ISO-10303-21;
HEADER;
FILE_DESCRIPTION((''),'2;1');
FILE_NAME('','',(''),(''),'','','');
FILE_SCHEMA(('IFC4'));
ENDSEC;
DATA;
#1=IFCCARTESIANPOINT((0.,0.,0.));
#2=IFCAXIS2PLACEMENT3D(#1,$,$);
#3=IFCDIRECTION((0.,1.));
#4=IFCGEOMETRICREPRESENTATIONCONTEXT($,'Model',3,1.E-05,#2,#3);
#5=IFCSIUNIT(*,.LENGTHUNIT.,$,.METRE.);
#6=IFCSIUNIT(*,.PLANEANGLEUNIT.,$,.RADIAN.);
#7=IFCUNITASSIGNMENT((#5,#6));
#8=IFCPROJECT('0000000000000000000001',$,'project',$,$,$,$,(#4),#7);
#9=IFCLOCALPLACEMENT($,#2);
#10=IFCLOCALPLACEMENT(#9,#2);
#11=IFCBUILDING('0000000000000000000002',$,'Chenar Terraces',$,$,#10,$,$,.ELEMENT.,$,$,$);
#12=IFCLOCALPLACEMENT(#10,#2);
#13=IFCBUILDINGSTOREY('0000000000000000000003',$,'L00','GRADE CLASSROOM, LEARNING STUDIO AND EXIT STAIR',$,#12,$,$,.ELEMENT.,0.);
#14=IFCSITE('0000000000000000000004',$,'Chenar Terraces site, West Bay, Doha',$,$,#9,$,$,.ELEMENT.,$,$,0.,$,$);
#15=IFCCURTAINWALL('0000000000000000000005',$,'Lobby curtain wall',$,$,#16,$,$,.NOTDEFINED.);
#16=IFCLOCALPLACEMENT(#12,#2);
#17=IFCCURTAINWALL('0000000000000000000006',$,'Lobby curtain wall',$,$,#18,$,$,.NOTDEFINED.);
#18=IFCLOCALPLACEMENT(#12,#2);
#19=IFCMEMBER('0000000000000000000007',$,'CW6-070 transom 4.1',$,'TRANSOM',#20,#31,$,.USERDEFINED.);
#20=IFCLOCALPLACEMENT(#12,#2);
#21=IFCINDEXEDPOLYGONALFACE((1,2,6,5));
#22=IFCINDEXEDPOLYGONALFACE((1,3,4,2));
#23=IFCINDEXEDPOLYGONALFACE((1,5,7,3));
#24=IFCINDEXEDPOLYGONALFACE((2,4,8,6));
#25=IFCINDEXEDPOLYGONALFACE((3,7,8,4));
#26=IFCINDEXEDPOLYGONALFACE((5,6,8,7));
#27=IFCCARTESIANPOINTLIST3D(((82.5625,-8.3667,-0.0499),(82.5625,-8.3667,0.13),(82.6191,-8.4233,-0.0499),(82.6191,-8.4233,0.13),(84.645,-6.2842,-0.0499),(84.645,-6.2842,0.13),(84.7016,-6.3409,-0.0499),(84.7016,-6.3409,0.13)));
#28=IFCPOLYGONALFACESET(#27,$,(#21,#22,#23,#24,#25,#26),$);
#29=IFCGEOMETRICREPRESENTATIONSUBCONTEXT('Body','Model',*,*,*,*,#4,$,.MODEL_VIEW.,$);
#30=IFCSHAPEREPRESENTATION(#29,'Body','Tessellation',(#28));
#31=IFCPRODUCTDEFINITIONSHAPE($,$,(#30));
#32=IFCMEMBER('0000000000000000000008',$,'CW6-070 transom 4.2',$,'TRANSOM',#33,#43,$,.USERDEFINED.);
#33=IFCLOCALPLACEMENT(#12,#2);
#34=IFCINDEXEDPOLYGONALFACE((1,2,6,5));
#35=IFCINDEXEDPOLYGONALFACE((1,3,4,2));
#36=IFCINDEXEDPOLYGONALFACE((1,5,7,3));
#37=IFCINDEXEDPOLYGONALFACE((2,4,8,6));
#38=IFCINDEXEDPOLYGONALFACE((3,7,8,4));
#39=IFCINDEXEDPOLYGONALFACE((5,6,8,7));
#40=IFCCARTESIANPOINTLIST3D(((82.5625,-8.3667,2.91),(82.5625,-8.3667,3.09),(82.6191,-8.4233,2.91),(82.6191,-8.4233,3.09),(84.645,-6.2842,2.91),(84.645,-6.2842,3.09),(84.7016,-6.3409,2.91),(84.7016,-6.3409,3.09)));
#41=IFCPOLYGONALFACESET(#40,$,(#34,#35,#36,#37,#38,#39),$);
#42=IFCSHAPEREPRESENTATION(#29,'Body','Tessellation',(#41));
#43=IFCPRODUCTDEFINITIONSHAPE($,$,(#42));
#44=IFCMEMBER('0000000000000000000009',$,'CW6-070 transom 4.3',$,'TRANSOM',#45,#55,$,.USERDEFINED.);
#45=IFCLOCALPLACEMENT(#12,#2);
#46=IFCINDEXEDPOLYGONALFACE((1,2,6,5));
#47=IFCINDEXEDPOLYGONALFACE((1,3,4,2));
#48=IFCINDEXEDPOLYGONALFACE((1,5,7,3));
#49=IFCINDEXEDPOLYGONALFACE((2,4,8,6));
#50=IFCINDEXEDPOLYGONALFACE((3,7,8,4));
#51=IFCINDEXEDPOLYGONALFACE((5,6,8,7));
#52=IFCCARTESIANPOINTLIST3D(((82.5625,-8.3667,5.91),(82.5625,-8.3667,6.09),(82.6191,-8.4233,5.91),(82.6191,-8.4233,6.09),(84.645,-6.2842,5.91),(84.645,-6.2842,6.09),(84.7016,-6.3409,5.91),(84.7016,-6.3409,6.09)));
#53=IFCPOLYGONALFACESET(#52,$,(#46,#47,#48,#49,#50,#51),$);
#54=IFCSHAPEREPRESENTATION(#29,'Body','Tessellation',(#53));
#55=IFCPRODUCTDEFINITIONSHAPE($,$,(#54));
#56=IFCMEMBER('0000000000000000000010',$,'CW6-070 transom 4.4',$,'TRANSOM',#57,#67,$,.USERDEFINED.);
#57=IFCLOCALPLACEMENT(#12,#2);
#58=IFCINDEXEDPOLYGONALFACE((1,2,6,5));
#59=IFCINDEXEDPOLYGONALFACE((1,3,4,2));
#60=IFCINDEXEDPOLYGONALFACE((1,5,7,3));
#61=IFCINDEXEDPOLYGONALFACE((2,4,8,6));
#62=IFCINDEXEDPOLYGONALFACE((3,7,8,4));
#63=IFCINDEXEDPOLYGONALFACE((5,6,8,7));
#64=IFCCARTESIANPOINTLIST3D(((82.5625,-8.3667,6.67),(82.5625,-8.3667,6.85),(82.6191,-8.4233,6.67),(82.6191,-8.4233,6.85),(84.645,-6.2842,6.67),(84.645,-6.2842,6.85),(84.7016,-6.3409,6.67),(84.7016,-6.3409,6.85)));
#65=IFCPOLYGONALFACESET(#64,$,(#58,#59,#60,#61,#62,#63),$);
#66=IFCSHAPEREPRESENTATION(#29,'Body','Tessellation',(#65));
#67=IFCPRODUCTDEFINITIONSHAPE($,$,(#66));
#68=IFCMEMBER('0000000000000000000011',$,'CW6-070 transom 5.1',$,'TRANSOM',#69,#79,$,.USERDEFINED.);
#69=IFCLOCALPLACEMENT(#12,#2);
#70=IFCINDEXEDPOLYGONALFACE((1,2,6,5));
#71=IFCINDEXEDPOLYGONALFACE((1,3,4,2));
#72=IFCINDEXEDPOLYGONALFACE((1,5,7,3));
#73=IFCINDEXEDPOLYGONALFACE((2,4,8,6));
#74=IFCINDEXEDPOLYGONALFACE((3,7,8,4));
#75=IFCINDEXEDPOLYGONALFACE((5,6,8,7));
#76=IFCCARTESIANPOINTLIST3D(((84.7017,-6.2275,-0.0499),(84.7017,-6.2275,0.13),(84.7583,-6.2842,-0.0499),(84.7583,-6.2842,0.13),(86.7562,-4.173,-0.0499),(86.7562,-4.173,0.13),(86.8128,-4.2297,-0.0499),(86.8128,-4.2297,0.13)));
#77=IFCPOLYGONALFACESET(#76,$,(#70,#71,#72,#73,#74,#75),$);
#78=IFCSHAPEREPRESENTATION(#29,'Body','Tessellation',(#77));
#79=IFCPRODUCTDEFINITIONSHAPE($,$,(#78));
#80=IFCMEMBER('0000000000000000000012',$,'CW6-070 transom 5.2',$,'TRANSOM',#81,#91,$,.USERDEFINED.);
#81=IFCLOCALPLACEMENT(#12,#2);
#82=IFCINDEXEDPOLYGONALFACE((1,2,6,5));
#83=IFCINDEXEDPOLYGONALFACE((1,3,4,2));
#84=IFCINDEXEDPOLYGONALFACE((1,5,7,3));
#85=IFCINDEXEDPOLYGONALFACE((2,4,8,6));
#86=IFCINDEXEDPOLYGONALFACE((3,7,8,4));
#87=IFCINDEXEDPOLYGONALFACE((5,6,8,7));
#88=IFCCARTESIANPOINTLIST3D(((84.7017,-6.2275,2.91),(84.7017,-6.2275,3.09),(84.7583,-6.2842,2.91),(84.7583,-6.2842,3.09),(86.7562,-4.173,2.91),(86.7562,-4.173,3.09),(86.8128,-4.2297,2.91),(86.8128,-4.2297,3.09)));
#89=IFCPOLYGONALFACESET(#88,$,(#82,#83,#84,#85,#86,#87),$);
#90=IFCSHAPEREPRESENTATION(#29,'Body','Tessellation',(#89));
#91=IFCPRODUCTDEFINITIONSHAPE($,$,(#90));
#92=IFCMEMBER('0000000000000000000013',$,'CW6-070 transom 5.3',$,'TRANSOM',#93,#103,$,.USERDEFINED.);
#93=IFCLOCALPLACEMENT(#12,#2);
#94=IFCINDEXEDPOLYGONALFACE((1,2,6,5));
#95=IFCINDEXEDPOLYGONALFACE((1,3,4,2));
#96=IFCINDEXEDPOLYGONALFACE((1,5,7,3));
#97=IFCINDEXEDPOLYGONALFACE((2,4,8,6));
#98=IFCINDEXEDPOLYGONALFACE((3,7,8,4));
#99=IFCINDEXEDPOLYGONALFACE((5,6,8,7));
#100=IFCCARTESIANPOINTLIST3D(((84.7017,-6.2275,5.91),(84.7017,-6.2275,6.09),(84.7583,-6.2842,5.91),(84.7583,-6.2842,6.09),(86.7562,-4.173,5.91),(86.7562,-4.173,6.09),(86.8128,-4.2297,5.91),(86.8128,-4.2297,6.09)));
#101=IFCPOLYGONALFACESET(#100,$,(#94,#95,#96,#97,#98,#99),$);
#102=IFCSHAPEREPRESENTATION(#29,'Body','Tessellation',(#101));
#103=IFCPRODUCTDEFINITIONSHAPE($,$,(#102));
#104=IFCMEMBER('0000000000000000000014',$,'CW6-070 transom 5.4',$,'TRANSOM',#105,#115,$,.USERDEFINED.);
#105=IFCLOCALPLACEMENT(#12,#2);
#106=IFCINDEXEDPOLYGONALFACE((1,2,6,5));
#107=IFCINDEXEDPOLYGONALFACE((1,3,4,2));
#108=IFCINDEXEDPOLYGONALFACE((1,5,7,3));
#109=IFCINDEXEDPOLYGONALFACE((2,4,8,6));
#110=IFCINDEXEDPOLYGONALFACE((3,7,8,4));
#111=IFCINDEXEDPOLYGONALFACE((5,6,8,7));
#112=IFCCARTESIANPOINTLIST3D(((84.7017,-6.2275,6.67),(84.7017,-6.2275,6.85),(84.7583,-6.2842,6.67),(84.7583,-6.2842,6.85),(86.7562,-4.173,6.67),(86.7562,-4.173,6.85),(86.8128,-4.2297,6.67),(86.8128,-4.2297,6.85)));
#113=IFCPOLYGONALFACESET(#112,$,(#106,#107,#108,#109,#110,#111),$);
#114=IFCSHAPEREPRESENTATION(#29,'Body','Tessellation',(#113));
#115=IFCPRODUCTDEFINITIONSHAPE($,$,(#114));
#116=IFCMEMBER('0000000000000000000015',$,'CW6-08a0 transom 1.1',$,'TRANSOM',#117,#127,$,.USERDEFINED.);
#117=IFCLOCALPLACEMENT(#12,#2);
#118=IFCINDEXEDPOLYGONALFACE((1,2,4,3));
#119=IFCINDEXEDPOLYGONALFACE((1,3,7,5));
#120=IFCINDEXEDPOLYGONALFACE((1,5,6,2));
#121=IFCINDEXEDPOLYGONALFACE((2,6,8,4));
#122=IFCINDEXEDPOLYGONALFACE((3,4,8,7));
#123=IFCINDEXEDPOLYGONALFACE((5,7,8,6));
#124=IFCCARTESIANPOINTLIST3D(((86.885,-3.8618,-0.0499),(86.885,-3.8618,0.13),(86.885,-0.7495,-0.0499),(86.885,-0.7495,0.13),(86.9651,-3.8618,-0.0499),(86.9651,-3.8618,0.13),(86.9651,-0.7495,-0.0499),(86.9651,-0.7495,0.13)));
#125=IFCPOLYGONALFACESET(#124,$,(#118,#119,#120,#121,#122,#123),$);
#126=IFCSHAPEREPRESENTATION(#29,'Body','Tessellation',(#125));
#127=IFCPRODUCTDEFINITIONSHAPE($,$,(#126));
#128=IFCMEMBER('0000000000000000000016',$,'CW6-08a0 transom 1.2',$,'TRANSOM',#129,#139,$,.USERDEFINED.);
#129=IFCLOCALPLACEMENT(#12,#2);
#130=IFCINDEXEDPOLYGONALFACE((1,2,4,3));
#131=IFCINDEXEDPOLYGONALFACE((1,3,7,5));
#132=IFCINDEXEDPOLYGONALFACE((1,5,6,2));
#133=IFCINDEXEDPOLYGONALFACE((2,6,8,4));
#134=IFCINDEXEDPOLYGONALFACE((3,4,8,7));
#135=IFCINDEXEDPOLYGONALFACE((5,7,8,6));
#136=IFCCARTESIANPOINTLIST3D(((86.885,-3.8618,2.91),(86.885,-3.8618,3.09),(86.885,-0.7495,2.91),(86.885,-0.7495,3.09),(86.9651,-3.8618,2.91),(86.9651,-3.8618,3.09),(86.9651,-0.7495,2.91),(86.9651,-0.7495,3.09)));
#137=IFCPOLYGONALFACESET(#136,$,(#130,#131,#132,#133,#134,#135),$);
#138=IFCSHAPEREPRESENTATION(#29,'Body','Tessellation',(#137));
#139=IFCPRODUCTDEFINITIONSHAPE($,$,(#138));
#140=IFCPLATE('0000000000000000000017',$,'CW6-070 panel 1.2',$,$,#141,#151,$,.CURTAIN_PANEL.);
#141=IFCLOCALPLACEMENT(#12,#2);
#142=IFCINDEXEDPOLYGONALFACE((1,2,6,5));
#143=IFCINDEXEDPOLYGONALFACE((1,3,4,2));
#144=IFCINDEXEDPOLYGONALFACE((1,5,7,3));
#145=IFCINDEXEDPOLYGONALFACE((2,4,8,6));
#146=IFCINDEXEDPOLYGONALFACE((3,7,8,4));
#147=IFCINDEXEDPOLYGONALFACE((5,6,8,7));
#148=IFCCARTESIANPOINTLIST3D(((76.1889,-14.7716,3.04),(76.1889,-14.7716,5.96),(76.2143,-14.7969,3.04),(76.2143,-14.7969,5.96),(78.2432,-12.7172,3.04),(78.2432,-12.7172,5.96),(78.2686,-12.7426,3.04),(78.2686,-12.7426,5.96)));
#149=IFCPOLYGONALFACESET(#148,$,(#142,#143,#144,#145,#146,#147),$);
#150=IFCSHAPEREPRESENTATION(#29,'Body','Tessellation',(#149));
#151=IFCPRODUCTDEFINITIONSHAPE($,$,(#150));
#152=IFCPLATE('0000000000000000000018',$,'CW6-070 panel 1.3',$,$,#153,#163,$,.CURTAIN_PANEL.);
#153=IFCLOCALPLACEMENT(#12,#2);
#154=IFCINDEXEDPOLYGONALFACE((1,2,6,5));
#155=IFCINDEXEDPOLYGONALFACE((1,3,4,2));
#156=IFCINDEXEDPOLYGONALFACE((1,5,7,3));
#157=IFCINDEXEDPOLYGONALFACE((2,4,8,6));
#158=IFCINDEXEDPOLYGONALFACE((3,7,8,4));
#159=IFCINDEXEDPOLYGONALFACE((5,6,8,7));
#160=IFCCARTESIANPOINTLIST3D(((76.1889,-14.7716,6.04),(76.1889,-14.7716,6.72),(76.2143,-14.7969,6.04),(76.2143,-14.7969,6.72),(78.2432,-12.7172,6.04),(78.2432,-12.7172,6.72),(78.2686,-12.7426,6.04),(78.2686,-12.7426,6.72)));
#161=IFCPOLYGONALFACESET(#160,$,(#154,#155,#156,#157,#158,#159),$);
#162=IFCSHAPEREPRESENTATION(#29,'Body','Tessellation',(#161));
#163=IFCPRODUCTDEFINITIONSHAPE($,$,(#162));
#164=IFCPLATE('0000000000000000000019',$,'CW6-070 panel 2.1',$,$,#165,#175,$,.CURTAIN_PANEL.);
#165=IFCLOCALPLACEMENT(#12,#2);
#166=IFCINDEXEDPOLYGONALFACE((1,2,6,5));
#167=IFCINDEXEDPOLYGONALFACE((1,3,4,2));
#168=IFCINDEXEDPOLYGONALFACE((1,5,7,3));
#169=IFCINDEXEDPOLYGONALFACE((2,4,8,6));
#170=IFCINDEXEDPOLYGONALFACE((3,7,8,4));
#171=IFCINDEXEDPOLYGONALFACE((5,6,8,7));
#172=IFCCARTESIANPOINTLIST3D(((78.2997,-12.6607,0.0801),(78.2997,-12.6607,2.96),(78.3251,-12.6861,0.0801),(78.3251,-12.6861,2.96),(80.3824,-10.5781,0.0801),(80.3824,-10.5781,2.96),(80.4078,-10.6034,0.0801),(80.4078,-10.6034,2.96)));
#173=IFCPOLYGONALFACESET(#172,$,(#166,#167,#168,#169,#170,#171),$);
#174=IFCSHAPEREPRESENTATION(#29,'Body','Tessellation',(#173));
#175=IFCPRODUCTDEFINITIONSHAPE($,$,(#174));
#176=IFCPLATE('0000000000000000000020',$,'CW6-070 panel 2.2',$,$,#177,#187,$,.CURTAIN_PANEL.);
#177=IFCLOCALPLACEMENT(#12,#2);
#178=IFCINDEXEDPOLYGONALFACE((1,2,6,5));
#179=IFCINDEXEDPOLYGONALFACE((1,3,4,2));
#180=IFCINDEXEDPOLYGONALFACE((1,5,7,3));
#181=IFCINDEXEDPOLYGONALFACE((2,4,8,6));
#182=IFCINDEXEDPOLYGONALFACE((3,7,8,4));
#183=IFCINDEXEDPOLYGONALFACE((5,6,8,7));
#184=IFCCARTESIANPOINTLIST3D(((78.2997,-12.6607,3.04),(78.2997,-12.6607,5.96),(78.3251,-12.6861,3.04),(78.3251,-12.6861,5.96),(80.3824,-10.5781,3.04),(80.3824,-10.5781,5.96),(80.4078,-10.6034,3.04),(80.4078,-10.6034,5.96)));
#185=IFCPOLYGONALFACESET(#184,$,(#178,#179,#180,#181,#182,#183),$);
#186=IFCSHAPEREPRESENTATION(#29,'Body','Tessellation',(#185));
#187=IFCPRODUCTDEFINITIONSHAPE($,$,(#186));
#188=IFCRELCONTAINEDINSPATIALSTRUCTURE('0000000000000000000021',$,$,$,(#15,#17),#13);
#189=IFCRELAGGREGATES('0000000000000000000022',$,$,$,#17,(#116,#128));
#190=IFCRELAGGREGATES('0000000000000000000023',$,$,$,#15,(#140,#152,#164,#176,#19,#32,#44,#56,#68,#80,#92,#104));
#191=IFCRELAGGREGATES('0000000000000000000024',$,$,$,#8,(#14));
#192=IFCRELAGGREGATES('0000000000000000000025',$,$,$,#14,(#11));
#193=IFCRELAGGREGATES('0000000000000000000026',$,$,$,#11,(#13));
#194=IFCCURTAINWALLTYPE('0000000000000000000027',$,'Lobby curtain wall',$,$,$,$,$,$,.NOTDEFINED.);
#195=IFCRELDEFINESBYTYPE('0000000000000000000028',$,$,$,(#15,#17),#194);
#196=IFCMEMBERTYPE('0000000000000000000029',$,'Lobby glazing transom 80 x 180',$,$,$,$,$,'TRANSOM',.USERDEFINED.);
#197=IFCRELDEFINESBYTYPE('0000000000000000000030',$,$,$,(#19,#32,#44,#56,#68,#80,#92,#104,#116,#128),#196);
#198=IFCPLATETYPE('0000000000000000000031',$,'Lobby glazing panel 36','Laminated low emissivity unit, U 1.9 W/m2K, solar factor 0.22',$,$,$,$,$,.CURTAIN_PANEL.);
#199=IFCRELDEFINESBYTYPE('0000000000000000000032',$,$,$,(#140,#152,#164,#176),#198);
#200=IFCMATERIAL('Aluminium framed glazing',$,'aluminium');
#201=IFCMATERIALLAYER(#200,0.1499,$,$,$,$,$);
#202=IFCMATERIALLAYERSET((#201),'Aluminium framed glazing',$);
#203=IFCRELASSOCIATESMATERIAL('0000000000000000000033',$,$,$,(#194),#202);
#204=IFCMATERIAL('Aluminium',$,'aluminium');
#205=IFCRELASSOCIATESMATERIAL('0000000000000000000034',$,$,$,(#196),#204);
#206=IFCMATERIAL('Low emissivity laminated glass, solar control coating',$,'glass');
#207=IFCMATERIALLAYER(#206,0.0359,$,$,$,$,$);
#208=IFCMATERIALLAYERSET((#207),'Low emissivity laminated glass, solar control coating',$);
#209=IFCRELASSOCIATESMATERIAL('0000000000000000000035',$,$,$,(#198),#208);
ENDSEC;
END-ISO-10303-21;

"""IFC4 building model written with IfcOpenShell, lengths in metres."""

from ifc_helpers import new_model, si_unit, direction, frame, origin, origin_2d, place, context, subcontext, project, spatial, rectangle, extrude, material, layer, layer_set, material_profile, profile_set, type_object, element, aggregate, save


model = new_model("IFC4")

# Units and contexts
model_context = context("Model", 3, precision=1e-05, world=origin(), true_north=direction((0.0, 1.0)))
body_context = subcontext(model_context, "Body", "Model", "MODEL_VIEW")
ifc_project = project(units=[si_unit("LENGTHUNIT", "METRE"), si_unit("PLANEANGLEUNIT", "RADIAN")], contexts=[model_context])

# Site, building, storey
site_placement = place(None, origin())
site = spatial("IfcSite", under=ifc_project, at=site_placement, Name="Chenar Terraces site, West Bay, Doha", CompositionType="ELEMENT", RefElevation=0.0)
building_placement = place(site_placement, origin())
building = spatial("IfcBuilding", under=site, at=building_placement, Name="Chenar Terraces", CompositionType="ELEMENT")
storey_placement = place(building_placement, origin())
storey = spatial("IfcBuildingStorey", under=building, at=storey_placement, Name="L00", Description="GRADE CLASSROOM, LEARNING STUDIO AND EXIT STAIR", CompositionType="ELEMENT", Elevation=0.0)

# Curtain wall
ifc_material_1 = material(Name="Aluminium framed glazing", Category="aluminium")
ifc_layer_1 = layer(ifc_material_1, 0.1499)
ifc_layer_set_1 = layer_set([ifc_layer_1], Name="Aluminium framed glazing")
curtain_wall_type = type_object("IfcCurtainWallType", Name="Lobby curtain wall", PredefinedType="NOTDEFINED", material=ifc_layer_set_1)
placement = place(storey_placement, origin())
curtain_wall_1 = element("IfcCurtainWall", 1, at=placement, inside=storey, type_object=curtain_wall_type, Name="Lobby curtain wall", PredefinedType="NOTDEFINED")

# Curtain wall
curtain_wall_2 = element("IfcCurtainWall", 2, at=placement, inside=storey, type_object=curtain_wall_type, Name="Lobby curtain wall", PredefinedType="NOTDEFINED")

# Members
ifc_material_2 = material(Name="Aluminium", Category="aluminium")
ifc_material_profile_1 = material_profile(ifc_material_2, rectangle(XDim=0.0801, YDim=0.1799, at=origin_2d()), Name="Lobby glazing transom 80 x 180")
ifc_profile_set_1 = profile_set([ifc_material_profile_1], Name="Aluminium")
member_type_1 = type_object("IfcMemberType", Name="Lobby glazing transom 80 x 180", ElementType="TRANSOM", PredefinedType="USERDEFINED", material=ifc_profile_set_1)
member_1_placement = place(storey_placement, frame((82.5908, -8.395, 0.04), z_axis=(0.707107, 0.707107, 0.0), x_axis=(-0.707107, 0.707107, 0.0)))
member_1 = element("IfcMember", 3, at=member_1_placement, type_object=member_type_1, Name="CW6-070 transom 4.1", ObjectType="TRANSOM", PredefinedType="USERDEFINED", context=body_context, shape_type="SweptSolid", body=[
    extrude(rectangle(XDim=0.0801, YDim=0.1799, at=origin_2d()), origin(), (0.0, 0.0, 1.0), 2.9451),
])
member_2_placement = place(storey_placement, frame((82.5908, -8.395, 3.0), z_axis=(0.707107, 0.707107, 0.0), x_axis=(-0.707107, 0.707107, 0.0)))
member_2 = element("IfcMember", 4, at=member_2_placement, type_object=member_type_1, Name="CW6-070 transom 4.2", ObjectType="TRANSOM", PredefinedType="USERDEFINED", context=body_context, shape_type="SweptSolid", body=[
    extrude(rectangle(XDim=0.0801, YDim=0.1799, at=origin_2d()), origin(), (0.0, 0.0, 1.0), 2.9451),
])
member_3_placement = place(storey_placement, frame((82.5908, -8.395, 6.0), z_axis=(0.707107, 0.707107, 0.0), x_axis=(-0.707107, 0.707107, 0.0)))
member_3 = element("IfcMember", 5, at=member_3_placement, type_object=member_type_1, Name="CW6-070 transom 4.3", ObjectType="TRANSOM", PredefinedType="USERDEFINED", context=body_context, shape_type="SweptSolid", body=[
    extrude(rectangle(XDim=0.0801, YDim=0.1799, at=origin_2d()), origin(), (0.0, 0.0, 1.0), 2.9451),
])
member_4_placement = place(storey_placement, frame((82.5908, -8.395, 6.76), z_axis=(0.707107, 0.707107, 0.0), x_axis=(-0.707107, 0.707107, 0.0)))
member_4 = element("IfcMember", 6, at=member_4_placement, type_object=member_type_1, Name="CW6-070 transom 4.4", ObjectType="TRANSOM", PredefinedType="USERDEFINED", context=body_context, shape_type="SweptSolid", body=[
    extrude(rectangle(XDim=0.0801, YDim=0.1799, at=origin_2d()), origin(), (0.0, 0.0, 1.0), 2.9451),
])
member_5_placement = place(storey_placement, frame((84.73, -6.2559, 0.04), z_axis=(0.707107, 0.707107, 0.0), x_axis=(-0.707107, 0.707107, 0.0)))
member_5 = element("IfcMember", 7, at=member_5_placement, type_object=member_type_1, Name="CW6-070 transom 5.1", ObjectType="TRANSOM", PredefinedType="USERDEFINED", context=body_context, shape_type="SweptSolid", body=[
    extrude(rectangle(XDim=0.0801, YDim=0.1799, at=origin_2d()), origin(), (0.0, 0.0, 1.0), 2.9055),
])
member_6_placement = place(storey_placement, frame((84.73, -6.2559, 3.0), z_axis=(0.707107, 0.707107, 0.0), x_axis=(-0.707107, 0.707107, 0.0)))
member_6 = element("IfcMember", 8, at=member_6_placement, type_object=member_type_1, Name="CW6-070 transom 5.2", ObjectType="TRANSOM", PredefinedType="USERDEFINED", context=body_context, shape_type="SweptSolid", body=[
    extrude(rectangle(XDim=0.0801, YDim=0.1799, at=origin_2d()), origin(), (0.0, 0.0, 1.0), 2.9055),
])
member_7_placement = place(storey_placement, frame((84.73, -6.2559, 6.0), z_axis=(0.707107, 0.707107, 0.0), x_axis=(-0.707107, 0.707107, 0.0)))
member_7 = element("IfcMember", 9, at=member_7_placement, type_object=member_type_1, Name="CW6-070 transom 5.3", ObjectType="TRANSOM", PredefinedType="USERDEFINED", context=body_context, shape_type="SweptSolid", body=[
    extrude(rectangle(XDim=0.0801, YDim=0.1799, at=origin_2d()), origin(), (0.0, 0.0, 1.0), 2.9055),
])
member_8_placement = place(storey_placement, frame((84.73, -6.2559, 6.76), z_axis=(0.707107, 0.707107, 0.0), x_axis=(-0.707107, 0.707107, 0.0)))
member_8 = element("IfcMember", 10, at=member_8_placement, type_object=member_type_1, Name="CW6-070 transom 5.4", ObjectType="TRANSOM", PredefinedType="USERDEFINED", context=body_context, shape_type="SweptSolid", body=[
    extrude(rectangle(XDim=0.0801, YDim=0.1799, at=origin_2d()), origin(), (0.0, 0.0, 1.0), 2.9055),
])
member_9_placement = place(storey_placement, frame((86.925, -3.8618, 0.04), z_axis=(0.0, 1.0, 0.0), x_axis=(-1.0, 0.0, 0.0)))
member_9 = element("IfcMember", 11, at=member_9_placement, type_object=member_type_1, Name="CW6-08a0 transom 1.1", ObjectType="TRANSOM", PredefinedType="USERDEFINED", context=body_context, shape_type="SweptSolid", body=[
    extrude(rectangle(XDim=0.0801, YDim=0.1799, at=origin_2d()), origin(), (0.0, 0.0, 1.0), 3.1123),
])
member_10_placement = place(storey_placement, frame((86.925, -3.8618, 3.0), z_axis=(0.0, 1.0, 0.0), x_axis=(-1.0, 0.0, 0.0)))
member_10 = element("IfcMember", 12, at=member_10_placement, type_object=member_type_1, Name="CW6-08a0 transom 1.2", ObjectType="TRANSOM", PredefinedType="USERDEFINED", context=body_context, shape_type="SweptSolid", body=[
    extrude(rectangle(XDim=0.0801, YDim=0.1799, at=origin_2d()), origin(), (0.0, 0.0, 1.0), 3.1123),
])
aggregate(curtain_wall_2, [member_9, member_10])

# Plates
ifc_material_3 = material(Name="Low emissivity laminated glass, solar control coating", Category="glass")
ifc_layer_2 = layer(ifc_material_3, 0.0359)
ifc_layer_set_2 = layer_set([ifc_layer_2], Name="Low emissivity laminated glass, solar control coating")
plate_type = type_object("IfcPlateType", Name="Lobby glazing panel 36", Description="Laminated low emissivity unit, U 1.9 W/m2K, solar factor 0.22", PredefinedType="CURTAIN_PANEL", material=ifc_layer_set_2)
plate_1_placement = place(storey_placement, frame((77.2288, -13.7571, 3.04), z_axis=(0.0, 0.0, 1.0), x_axis=(0.707107, 0.707107, 0.0)))
plate_1 = element("IfcPlate", 13, at=plate_1_placement, type_object=plate_type, Name="CW6-070 panel 1.2", PredefinedType="CURTAIN_PANEL", context=body_context, shape_type="SweptSolid", body=[
    extrude(rectangle(XDim=2.9053, YDim=0.0359, at=origin_2d()), origin(), (0.0, 0.0, 1.0), 2.9199),
])
plate_2_placement = place(storey_placement, frame((77.2288, -13.7571, 6.04), z_axis=(0.0, 0.0, 1.0), x_axis=(0.707107, 0.707107, 0.0)))
plate_2 = element("IfcPlate", 14, at=plate_2_placement, type_object=plate_type, Name="CW6-070 panel 1.3", PredefinedType="CURTAIN_PANEL", context=body_context, shape_type="SweptSolid", body=[
    extrude(rectangle(XDim=2.9053, YDim=0.0359, at=origin_2d()), origin(), (0.0, 0.0, 1.0), 0.6799),
])
plate_3_placement = place(storey_placement, frame((79.3538, -11.6321, 0.0801), z_axis=(0.0, 0.0, 1.0), x_axis=(0.707107, 0.707107, 0.0)))
plate_3 = element("IfcPlate", 15, at=plate_3_placement, type_object=plate_type, Name="CW6-070 panel 2.1", PredefinedType="CURTAIN_PANEL", context=body_context, shape_type="SweptSolid", body=[
    extrude(rectangle(XDim=2.9453, YDim=0.0359, at=origin_2d()), origin(), (0.0, 0.0, 1.0), 2.8799),
])
plate_4_placement = place(storey_placement, frame((79.3538, -11.6321, 3.04), z_axis=(0.0, 0.0, 1.0), x_axis=(0.707107, 0.707107, 0.0)))
plate_4 = element("IfcPlate", 16, at=plate_4_placement, type_object=plate_type, Name="CW6-070 panel 2.2", PredefinedType="CURTAIN_PANEL", context=body_context, shape_type="SweptSolid", body=[
    extrude(rectangle(XDim=2.9453, YDim=0.0359, at=origin_2d()), origin(), (0.0, 0.0, 1.0), 2.9199),
])
aggregate(curtain_wall_1, [plate_1, plate_2, plate_3, plate_4, member_1, member_2, member_3, member_4, member_5, member_6, member_7, member_8])

save(model, "model.ifc")
